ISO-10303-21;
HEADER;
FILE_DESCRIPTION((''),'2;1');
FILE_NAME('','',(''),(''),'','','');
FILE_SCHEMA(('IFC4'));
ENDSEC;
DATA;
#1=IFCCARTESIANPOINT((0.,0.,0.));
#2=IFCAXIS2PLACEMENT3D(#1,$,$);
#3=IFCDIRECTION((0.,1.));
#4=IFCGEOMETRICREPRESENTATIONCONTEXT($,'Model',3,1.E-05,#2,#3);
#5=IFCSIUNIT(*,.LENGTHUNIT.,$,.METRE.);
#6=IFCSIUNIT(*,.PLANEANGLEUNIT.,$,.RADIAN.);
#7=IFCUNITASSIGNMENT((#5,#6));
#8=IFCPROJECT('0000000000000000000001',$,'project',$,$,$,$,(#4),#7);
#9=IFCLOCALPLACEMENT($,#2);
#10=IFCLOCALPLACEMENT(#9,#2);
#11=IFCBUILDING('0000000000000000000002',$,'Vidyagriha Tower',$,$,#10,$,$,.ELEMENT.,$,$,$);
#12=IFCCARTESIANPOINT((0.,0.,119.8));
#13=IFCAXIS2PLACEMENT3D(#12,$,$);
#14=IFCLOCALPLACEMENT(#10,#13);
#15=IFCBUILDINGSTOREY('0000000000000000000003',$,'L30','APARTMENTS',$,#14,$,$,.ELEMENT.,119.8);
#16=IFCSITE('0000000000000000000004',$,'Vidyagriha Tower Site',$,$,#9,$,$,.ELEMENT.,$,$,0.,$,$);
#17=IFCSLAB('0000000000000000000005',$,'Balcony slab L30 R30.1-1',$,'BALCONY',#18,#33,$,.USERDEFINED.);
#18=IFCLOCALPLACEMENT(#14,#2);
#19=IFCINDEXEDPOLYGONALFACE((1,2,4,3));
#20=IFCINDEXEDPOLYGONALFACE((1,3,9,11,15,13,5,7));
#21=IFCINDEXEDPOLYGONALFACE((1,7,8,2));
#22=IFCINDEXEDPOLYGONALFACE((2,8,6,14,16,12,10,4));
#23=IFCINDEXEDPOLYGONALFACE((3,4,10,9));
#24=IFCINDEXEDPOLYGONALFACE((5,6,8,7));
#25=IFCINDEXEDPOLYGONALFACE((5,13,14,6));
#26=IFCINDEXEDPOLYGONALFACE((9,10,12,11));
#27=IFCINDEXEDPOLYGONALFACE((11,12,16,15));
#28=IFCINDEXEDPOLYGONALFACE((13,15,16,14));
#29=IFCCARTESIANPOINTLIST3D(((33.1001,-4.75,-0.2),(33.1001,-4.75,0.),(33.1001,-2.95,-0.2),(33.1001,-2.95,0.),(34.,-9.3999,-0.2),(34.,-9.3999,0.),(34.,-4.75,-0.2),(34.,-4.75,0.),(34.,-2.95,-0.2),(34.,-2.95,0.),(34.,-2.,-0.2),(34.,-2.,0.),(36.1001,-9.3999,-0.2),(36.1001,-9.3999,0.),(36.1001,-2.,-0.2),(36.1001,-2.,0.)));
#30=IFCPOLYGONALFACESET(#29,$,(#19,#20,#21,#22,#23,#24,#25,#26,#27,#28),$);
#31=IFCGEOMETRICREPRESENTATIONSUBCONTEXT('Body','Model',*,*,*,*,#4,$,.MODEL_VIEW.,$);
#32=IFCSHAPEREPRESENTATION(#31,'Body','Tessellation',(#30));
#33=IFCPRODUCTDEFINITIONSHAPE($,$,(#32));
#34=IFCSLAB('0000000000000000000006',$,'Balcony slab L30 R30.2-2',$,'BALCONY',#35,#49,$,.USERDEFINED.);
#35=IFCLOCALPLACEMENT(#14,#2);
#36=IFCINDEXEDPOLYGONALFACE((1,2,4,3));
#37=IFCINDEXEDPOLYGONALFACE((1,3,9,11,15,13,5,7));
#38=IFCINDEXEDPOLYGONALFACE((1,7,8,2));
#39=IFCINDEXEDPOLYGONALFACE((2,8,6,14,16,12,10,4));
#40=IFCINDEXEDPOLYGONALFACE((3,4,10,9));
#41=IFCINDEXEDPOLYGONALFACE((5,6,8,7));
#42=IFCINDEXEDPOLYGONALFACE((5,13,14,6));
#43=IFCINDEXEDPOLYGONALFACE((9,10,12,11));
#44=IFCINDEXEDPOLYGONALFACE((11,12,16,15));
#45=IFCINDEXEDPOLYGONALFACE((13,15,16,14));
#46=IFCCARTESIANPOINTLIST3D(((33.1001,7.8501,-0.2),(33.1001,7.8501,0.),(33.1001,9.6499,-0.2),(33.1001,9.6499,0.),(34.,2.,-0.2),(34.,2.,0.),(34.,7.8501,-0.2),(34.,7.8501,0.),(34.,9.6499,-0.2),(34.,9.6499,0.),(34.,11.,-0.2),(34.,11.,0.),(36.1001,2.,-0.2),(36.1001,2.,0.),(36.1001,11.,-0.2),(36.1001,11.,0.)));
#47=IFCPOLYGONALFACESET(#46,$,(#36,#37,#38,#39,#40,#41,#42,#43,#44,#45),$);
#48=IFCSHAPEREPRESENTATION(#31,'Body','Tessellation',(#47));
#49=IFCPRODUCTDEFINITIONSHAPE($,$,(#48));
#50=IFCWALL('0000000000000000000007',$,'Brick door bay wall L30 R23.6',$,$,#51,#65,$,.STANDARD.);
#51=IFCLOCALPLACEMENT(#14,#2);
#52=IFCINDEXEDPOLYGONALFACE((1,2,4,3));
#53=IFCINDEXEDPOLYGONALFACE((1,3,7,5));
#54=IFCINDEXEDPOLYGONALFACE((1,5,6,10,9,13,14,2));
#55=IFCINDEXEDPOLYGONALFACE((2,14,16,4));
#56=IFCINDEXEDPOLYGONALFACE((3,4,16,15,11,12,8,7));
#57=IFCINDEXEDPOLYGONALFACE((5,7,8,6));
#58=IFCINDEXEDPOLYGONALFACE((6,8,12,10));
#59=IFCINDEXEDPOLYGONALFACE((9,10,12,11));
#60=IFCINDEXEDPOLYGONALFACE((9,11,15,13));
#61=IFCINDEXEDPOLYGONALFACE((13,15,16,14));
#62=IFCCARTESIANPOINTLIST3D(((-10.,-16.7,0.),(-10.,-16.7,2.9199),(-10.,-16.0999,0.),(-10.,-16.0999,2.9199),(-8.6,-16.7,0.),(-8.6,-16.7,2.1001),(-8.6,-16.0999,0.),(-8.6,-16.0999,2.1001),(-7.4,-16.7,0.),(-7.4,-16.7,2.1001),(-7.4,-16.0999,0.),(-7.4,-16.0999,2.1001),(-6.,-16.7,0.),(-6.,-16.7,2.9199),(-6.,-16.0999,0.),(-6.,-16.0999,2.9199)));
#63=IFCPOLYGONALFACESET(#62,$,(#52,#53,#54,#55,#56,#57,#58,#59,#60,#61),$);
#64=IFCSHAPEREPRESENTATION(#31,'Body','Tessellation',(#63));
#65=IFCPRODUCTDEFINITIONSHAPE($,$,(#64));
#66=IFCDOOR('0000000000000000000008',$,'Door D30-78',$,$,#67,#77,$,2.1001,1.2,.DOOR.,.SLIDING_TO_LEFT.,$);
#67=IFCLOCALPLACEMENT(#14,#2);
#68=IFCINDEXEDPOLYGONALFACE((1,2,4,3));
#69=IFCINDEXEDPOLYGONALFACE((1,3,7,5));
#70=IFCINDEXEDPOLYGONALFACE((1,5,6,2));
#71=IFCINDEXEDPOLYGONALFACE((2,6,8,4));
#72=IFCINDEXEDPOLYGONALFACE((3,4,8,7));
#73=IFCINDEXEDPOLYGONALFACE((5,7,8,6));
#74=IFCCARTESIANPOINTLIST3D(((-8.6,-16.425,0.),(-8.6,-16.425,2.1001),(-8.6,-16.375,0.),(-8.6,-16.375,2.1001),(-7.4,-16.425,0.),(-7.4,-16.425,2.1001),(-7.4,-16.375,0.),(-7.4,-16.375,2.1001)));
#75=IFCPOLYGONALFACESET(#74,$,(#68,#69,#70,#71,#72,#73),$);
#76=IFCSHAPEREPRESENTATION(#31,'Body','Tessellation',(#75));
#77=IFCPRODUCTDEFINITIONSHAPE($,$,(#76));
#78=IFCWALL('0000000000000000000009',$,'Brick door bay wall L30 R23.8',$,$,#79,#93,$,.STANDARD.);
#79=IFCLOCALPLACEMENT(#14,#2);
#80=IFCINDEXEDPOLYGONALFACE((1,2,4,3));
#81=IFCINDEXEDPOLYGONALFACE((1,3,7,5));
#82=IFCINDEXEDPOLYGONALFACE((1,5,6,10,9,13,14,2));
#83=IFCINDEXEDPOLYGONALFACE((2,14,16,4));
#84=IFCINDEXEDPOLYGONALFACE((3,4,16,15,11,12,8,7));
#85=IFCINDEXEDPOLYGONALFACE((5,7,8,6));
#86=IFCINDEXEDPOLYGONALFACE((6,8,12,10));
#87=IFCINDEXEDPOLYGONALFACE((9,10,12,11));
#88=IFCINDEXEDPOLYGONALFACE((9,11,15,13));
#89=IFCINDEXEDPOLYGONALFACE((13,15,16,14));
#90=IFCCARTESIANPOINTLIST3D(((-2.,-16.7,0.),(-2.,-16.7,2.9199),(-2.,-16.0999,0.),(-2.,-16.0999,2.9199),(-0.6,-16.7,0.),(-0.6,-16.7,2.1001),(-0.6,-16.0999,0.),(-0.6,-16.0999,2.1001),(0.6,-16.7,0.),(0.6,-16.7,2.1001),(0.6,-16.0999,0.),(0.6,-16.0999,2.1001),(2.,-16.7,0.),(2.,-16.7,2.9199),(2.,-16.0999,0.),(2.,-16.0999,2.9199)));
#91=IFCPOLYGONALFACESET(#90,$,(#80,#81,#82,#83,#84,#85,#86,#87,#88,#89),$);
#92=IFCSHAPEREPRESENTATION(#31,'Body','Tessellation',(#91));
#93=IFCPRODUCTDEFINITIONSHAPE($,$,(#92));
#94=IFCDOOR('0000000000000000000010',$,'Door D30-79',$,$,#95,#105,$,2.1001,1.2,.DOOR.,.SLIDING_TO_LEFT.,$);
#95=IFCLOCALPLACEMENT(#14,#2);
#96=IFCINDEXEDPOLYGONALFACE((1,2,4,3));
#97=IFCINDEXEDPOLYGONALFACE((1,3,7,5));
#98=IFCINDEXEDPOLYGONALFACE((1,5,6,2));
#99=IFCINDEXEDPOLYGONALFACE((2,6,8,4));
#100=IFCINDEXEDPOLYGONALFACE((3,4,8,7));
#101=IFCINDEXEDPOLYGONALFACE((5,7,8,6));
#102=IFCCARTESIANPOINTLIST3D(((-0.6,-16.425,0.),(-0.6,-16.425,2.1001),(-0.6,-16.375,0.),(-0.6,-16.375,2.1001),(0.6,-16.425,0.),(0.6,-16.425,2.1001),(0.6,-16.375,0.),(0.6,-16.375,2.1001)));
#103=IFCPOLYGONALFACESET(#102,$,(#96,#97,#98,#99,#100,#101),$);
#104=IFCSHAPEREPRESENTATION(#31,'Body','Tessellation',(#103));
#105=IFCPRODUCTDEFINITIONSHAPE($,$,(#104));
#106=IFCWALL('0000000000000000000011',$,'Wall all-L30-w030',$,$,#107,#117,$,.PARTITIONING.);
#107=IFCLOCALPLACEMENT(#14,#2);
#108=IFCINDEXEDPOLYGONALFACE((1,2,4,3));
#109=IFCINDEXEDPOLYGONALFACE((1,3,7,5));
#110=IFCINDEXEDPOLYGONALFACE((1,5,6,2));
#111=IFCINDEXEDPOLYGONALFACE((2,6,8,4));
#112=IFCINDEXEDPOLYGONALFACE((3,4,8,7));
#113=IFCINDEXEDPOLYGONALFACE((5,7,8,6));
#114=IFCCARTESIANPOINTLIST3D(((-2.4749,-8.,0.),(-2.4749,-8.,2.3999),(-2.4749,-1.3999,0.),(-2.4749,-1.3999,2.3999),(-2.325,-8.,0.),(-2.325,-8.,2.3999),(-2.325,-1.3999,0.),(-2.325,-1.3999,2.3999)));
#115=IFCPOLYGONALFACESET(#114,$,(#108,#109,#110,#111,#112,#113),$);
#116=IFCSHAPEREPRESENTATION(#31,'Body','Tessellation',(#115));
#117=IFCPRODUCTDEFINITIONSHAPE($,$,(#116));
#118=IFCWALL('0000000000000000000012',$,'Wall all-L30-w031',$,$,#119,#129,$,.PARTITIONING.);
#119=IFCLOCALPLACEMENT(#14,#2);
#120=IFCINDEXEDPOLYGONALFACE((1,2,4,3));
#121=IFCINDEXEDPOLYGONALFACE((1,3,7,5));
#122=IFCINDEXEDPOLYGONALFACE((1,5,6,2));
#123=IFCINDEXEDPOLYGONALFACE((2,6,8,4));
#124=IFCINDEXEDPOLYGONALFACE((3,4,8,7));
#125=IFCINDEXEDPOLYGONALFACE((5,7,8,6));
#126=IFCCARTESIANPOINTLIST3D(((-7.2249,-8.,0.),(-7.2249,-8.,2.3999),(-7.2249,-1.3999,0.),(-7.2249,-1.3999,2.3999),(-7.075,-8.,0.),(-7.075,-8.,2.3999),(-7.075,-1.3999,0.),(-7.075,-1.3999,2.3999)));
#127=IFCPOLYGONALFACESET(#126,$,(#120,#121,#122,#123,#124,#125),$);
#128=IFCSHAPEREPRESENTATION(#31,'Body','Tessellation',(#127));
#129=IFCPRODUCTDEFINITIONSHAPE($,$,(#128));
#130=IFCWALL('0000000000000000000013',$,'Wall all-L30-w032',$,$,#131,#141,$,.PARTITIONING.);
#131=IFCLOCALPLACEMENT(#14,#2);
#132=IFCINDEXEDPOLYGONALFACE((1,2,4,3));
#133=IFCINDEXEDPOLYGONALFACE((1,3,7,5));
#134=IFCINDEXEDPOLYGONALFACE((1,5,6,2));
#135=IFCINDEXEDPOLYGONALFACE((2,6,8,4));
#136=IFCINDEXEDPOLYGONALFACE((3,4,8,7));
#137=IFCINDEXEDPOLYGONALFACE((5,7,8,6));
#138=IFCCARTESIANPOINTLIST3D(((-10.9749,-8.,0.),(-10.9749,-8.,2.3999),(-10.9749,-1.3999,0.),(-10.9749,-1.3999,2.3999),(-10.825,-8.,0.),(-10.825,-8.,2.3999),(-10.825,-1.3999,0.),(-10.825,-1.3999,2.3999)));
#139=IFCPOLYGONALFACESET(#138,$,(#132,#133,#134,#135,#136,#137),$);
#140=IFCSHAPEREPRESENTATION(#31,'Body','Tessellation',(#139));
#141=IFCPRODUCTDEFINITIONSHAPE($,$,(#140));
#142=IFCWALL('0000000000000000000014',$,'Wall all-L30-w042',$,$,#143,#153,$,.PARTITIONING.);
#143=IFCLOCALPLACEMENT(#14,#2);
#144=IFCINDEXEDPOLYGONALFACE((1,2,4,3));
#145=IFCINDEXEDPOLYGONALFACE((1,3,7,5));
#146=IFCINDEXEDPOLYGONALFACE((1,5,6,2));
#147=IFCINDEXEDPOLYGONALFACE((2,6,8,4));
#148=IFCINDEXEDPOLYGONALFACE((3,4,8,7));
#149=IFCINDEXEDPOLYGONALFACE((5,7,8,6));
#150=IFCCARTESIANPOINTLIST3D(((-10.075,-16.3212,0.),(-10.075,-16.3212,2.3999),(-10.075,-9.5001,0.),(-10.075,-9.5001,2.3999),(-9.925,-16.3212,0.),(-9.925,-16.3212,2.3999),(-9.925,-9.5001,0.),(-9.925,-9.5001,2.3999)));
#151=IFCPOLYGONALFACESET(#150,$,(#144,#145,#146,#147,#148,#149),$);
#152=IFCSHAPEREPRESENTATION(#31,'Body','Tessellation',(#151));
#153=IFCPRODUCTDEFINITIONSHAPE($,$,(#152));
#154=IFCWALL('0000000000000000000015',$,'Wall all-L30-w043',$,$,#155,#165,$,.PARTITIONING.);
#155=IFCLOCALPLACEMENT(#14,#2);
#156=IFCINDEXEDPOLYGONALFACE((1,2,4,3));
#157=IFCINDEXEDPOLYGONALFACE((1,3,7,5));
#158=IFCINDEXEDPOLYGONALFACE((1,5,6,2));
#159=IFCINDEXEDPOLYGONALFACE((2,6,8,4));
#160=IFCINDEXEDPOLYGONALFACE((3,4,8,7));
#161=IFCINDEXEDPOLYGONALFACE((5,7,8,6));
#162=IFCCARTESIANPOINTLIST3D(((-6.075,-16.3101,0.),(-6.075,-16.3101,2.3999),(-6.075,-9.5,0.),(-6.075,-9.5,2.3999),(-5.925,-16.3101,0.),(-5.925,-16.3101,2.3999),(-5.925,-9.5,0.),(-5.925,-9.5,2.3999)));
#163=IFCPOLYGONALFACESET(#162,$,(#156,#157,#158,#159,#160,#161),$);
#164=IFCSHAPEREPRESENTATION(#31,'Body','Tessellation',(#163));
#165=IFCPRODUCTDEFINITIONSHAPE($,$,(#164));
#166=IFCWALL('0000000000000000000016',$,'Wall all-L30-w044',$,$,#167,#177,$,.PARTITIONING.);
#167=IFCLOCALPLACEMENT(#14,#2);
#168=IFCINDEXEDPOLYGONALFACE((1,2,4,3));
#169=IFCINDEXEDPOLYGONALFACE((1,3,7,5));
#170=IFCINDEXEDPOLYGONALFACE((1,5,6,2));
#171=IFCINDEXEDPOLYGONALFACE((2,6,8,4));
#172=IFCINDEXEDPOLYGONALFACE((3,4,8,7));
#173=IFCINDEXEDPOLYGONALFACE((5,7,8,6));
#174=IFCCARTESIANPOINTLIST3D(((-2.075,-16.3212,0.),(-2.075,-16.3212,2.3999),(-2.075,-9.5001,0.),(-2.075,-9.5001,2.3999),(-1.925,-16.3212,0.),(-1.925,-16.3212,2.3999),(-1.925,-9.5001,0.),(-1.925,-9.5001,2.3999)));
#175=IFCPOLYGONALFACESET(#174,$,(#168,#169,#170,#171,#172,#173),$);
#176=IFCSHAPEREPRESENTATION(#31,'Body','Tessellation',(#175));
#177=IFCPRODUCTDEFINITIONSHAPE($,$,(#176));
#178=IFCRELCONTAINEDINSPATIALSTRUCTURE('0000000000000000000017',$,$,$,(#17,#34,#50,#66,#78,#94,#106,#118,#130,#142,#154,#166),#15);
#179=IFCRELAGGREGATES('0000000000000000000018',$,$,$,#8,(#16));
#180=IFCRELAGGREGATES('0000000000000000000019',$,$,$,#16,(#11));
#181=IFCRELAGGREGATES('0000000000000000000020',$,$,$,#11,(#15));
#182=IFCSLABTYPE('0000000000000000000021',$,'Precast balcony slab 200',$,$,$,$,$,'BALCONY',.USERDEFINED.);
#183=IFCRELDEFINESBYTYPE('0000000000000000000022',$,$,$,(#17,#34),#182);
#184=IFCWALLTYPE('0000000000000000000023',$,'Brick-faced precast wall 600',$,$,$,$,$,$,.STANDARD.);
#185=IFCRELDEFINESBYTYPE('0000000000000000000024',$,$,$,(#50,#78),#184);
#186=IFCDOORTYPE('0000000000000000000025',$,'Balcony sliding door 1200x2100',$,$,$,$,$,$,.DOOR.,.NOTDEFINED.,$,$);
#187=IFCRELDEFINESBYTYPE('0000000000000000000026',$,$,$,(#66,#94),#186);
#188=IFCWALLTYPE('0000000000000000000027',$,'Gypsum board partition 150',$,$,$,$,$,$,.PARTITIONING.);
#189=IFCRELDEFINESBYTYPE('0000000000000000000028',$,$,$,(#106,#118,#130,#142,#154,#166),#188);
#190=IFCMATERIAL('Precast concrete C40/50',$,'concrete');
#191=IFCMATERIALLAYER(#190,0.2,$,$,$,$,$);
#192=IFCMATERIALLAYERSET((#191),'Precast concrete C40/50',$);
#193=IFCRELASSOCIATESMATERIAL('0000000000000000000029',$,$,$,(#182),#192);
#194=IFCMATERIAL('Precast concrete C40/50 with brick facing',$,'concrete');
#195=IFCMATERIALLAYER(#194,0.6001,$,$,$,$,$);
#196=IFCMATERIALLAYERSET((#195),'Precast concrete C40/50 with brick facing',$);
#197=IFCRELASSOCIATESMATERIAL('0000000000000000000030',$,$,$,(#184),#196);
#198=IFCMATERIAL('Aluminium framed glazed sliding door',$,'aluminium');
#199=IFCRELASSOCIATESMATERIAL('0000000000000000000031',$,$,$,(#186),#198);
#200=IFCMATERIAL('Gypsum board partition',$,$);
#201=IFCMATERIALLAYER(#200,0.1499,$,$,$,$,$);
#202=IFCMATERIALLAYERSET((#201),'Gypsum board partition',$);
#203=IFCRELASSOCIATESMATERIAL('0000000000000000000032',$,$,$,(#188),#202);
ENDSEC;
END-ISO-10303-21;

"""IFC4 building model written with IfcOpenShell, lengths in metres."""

from ifc_helpers import new_model, si_unit, direction, frame, frame_2d, origin, place, context, subcontext, project, spatial, polyline, rectangle, outline, extrude, material, layer, layer_set, type_object, element, fill, save


model = new_model("IFC4")

# Units and contexts
model_context = context("Model", 3, precision=1e-05, world=origin(), true_north=direction((0.0, 1.0)))
body_context = subcontext(model_context, "Body", "Model", "MODEL_VIEW")
ifc_project = project(units=[si_unit("LENGTHUNIT", "METRE"), si_unit("PLANEANGLEUNIT", "RADIAN")], contexts=[model_context])

# Site, building, storey
site_placement = place(None, origin())
site = spatial("IfcSite", under=ifc_project, at=site_placement, Name="Vidyagriha Tower Site", CompositionType="ELEMENT", RefElevation=0.0)
building_placement = place(site_placement, origin())
building = spatial("IfcBuilding", under=site, at=building_placement, Name="Vidyagriha Tower", CompositionType="ELEMENT")
storey_placement = place(building_placement, frame((0.0, 0.0, 119.8)))
storey = spatial("IfcBuildingStorey", under=building, at=storey_placement, Name="L30", Description="APARTMENTS", CompositionType="ELEMENT", Elevation=119.8)

# Slabs
ifc_material_1 = material(Name="Precast concrete C40/50", Category="concrete")
ifc_layer_1 = layer(ifc_material_1, 0.2)
ifc_layer_set_1 = layer_set([ifc_layer_1], Name="Precast concrete C40/50")
slab_type_1 = type_object("IfcSlabType", Name="Precast balcony slab 200", ElementType="BALCONY", PredefinedType="USERDEFINED", material=ifc_layer_set_1)
slab_1_placement = place(storey_placement, frame((0.0, 0.0, -0.2)))
element("IfcSlab", 1, at=slab_1_placement, inside=storey, type_object=slab_type_1, Name="Balcony slab L30 R30.1-1", ObjectType="BALCONY", PredefinedType="USERDEFINED", context=body_context, shape_type="SweptSolid", body=[
    extrude(outline(polyline([(34.0, -4.75), (34.0, -9.3999), (36.1001, -9.3999), (36.1001, -2.0), (34.0, -2.0), (34.0, -2.95), (33.1001, -2.95), (33.1001, -4.75), (34.0, -4.75)])), origin(), (0.0, 0.0, 1.0), 0.2),
])
slab_2_placement = place(storey_placement, frame((0.0, 0.0, -0.2)))
element("IfcSlab", 2, at=slab_2_placement, inside=storey, type_object=slab_type_1, Name="Balcony slab L30 R30.2-2", ObjectType="BALCONY", PredefinedType="USERDEFINED", context=body_context, shape_type="SweptSolid", body=[
    extrude(outline(polyline([(34.0, 7.8501), (34.0, 2.0), (36.1001, 2.0), (36.1001, 11.0), (34.0, 11.0), (34.0, 9.6499), (33.1001, 9.6499), (33.1001, 7.8501), (34.0, 7.8501)])), origin(), (0.0, 0.0, 1.0), 0.2),
])

# Walls, openings, doors
ifc_material_2 = material(Name="Precast concrete C40/50 with brick facing", Category="concrete")
ifc_layer_2 = layer(ifc_material_2, 0.6001)
ifc_layer_set_2 = layer_set([ifc_layer_2], Name="Precast concrete C40/50 with brick facing")
wall_type_1 = type_object("IfcWallType", Name="Brick-faced precast wall 600", PredefinedType="STANDARD", material=ifc_layer_set_2)
wall_1_placement = place(storey_placement, frame((-10.0, -16.3999, 0.0)))
wall_1 = element("IfcWall", 3, at=wall_1_placement, inside=storey, type_object=wall_type_1, Name="Brick door bay wall L30 R23.6", PredefinedType="STANDARD", context=body_context, shape_type="SweptSolid", body=[
    extrude(rectangle(XDim=4.0, YDim=0.6001, at=frame_2d((2.0, 0.0))), origin(), (0.0, 0.0, 1.0), 2.9199),
])
opening_1_placement = place(wall_1_placement, frame((1.3999, 0.0, 0.0)))
opening_1 = element("IfcOpeningElement", 4, at=opening_1_placement, cuts=wall_1, PredefinedType="OPENING", context=body_context, shape_type="SweptSolid", body=[
    extrude(rectangle(XDim=1.2, YDim=2.1001, at=frame_2d((0.6001, 1.05))), frame((0.0, 0.3101, 0.0), z_axis=(0.0, -1.0, 0.0), x_axis=(1.0, 0.0, 0.0)), (0.0, 0.0, 1.0), 0.6201),
])
ifc_material_3 = material(Name="Aluminium framed glazed sliding door", Category="aluminium")
door_type = type_object("IfcDoorType", Name="Balcony sliding door 1200x2100", OperationType="NOTDEFINED", PredefinedType="DOOR", material=ifc_material_3)
door_1_placement = place(opening_1_placement, origin())
door_1 = element("IfcDoor", 5, at=door_1_placement, inside=storey, type_object=door_type, Name="Door D30-78", OperationType="SLIDING_TO_LEFT", OverallHeight=2.1001, OverallWidth=1.2, PredefinedType="DOOR", context=body_context, shape_type="SweptSolid", body=[
    extrude(rectangle(XDim=1.2, YDim=2.1001, at=frame_2d((0.6001, 1.05))), frame((0.0, 0.0249, 0.0), z_axis=(0.0, -1.0, 0.0), x_axis=(1.0, 0.0, 0.0)), (0.0, 0.0, 1.0), 0.05),
])
fill(opening_1, door_1)
wall_2_placement = place(storey_placement, frame((-2.0, -16.3999, 0.0)))
wall_2 = element("IfcWall", 6, at=wall_2_placement, inside=storey, type_object=wall_type_1, Name="Brick door bay wall L30 R23.8", PredefinedType="STANDARD", context=body_context, shape_type="SweptSolid", body=[
    extrude(rectangle(XDim=4.0, YDim=0.6001, at=frame_2d((2.0, 0.0))), origin(), (0.0, 0.0, 1.0), 2.9199),
])
opening_2_placement = place(wall_2_placement, frame((1.3999, 0.0, 0.0)))
opening_2 = element("IfcOpeningElement", 7, at=opening_2_placement, cuts=wall_2, PredefinedType="OPENING", context=body_context, shape_type="SweptSolid", body=[
    extrude(rectangle(XDim=1.2, YDim=2.1001, at=frame_2d((0.6001, 1.05))), frame((0.0, 0.3101, 0.0), z_axis=(0.0, -1.0, 0.0), x_axis=(1.0, 0.0, 0.0)), (0.0, 0.0, 1.0), 0.6201),
])
door_2_placement = place(opening_2_placement, origin())
door_2 = element("IfcDoor", 8, at=door_2_placement, inside=storey, type_object=door_type, Name="Door D30-79", OperationType="SLIDING_TO_LEFT", OverallHeight=2.1001, OverallWidth=1.2, PredefinedType="DOOR", context=body_context, shape_type="SweptSolid", body=[
    extrude(rectangle(XDim=1.2, YDim=2.1001, at=frame_2d((0.6001, 1.05))), frame((0.0, 0.0249, 0.0), z_axis=(0.0, -1.0, 0.0), x_axis=(1.0, 0.0, 0.0)), (0.0, 0.0, 1.0), 0.05),
])
fill(opening_2, door_2)

# Walls
ifc_material_4 = material(Name="Gypsum board partition")
ifc_layer_3 = layer(ifc_material_4, 0.1499)
ifc_layer_set_3 = layer_set([ifc_layer_3], Name="Gypsum board partition")
wall_type_2 = type_object("IfcWallType", Name="Gypsum board partition 150", PredefinedType="PARTITIONING", material=ifc_layer_set_3)
for number, where, z_axis, x_axis, name in (
    (9, (-2.3999, -8.0, 0.0), (0.0, 0.0, 1.0), (0.0, 1.0, 0.0), "Wall all-L30-w030"),
    (10, (-7.1499, -8.0, 0.0), (0.0, 0.0, 1.0), (0.0, 1.0, 0.0), "Wall all-L30-w031"),
    (11, (-10.8999, -8.0, 0.0), (0.0, 0.0, 1.0), (0.0, 1.0, 0.0), "Wall all-L30-w032"),
):
    element("IfcWall", number, at=place(storey_placement, frame(where, z_axis=z_axis, x_axis=x_axis)), inside=storey, type_object=wall_type_2, Name=name, PredefinedType="PARTITIONING", context=body_context, shape_type="SweptSolid", body=[
        extrude(rectangle(XDim=6.6001, YDim=0.1499, at=frame_2d((3.3, 0.0))), origin(), (0.0, 0.0, 1.0), 2.3999),
    ])
wall_3_placement = place(storey_placement, frame((-10.0, -9.5, 0.0), z_axis=(0.0, 0.0, 1.0), x_axis=(0.0, -1.0, 0.0)))
element("IfcWall", 12, at=wall_3_placement, inside=storey, type_object=wall_type_2, Name="Wall all-L30-w042", PredefinedType="PARTITIONING", context=body_context, shape_type="SweptSolid", body=[
    extrude(rectangle(XDim=6.821, YDim=0.1499, at=frame_2d((3.4106, 0.0))), origin(), (0.0, 0.0, 1.0), 2.3999),
])
wall_4_placement = place(storey_placement, frame((-6.0, -9.5, 0.0), z_axis=(0.0, 0.0, 1.0), x_axis=(0.0, -1.0, 0.0)))
element("IfcWall", 13, at=wall_4_placement, inside=storey, type_object=wall_type_2, Name="Wall all-L30-w043", PredefinedType="PARTITIONING", context=body_context, shape_type="SweptSolid", body=[
    extrude(rectangle(XDim=6.8101, YDim=0.1499, at=frame_2d((3.405, 0.0))), origin(), (0.0, 0.0, 1.0), 2.3999),
])
wall_5_placement = place(storey_placement, frame((-2.0, -9.5, 0.0), z_axis=(0.0, 0.0, 1.0), x_axis=(0.0, -1.0, 0.0)))
element("IfcWall", 14, at=wall_5_placement, inside=storey, type_object=wall_type_2, Name="Wall all-L30-w044", PredefinedType="PARTITIONING", context=body_context, shape_type="SweptSolid", body=[
    extrude(rectangle(XDim=6.821, YDim=0.1499, at=frame_2d((3.4106, 0.0))), origin(), (0.0, 0.0, 1.0), 2.3999),
])

save(model, "model.ifc")
